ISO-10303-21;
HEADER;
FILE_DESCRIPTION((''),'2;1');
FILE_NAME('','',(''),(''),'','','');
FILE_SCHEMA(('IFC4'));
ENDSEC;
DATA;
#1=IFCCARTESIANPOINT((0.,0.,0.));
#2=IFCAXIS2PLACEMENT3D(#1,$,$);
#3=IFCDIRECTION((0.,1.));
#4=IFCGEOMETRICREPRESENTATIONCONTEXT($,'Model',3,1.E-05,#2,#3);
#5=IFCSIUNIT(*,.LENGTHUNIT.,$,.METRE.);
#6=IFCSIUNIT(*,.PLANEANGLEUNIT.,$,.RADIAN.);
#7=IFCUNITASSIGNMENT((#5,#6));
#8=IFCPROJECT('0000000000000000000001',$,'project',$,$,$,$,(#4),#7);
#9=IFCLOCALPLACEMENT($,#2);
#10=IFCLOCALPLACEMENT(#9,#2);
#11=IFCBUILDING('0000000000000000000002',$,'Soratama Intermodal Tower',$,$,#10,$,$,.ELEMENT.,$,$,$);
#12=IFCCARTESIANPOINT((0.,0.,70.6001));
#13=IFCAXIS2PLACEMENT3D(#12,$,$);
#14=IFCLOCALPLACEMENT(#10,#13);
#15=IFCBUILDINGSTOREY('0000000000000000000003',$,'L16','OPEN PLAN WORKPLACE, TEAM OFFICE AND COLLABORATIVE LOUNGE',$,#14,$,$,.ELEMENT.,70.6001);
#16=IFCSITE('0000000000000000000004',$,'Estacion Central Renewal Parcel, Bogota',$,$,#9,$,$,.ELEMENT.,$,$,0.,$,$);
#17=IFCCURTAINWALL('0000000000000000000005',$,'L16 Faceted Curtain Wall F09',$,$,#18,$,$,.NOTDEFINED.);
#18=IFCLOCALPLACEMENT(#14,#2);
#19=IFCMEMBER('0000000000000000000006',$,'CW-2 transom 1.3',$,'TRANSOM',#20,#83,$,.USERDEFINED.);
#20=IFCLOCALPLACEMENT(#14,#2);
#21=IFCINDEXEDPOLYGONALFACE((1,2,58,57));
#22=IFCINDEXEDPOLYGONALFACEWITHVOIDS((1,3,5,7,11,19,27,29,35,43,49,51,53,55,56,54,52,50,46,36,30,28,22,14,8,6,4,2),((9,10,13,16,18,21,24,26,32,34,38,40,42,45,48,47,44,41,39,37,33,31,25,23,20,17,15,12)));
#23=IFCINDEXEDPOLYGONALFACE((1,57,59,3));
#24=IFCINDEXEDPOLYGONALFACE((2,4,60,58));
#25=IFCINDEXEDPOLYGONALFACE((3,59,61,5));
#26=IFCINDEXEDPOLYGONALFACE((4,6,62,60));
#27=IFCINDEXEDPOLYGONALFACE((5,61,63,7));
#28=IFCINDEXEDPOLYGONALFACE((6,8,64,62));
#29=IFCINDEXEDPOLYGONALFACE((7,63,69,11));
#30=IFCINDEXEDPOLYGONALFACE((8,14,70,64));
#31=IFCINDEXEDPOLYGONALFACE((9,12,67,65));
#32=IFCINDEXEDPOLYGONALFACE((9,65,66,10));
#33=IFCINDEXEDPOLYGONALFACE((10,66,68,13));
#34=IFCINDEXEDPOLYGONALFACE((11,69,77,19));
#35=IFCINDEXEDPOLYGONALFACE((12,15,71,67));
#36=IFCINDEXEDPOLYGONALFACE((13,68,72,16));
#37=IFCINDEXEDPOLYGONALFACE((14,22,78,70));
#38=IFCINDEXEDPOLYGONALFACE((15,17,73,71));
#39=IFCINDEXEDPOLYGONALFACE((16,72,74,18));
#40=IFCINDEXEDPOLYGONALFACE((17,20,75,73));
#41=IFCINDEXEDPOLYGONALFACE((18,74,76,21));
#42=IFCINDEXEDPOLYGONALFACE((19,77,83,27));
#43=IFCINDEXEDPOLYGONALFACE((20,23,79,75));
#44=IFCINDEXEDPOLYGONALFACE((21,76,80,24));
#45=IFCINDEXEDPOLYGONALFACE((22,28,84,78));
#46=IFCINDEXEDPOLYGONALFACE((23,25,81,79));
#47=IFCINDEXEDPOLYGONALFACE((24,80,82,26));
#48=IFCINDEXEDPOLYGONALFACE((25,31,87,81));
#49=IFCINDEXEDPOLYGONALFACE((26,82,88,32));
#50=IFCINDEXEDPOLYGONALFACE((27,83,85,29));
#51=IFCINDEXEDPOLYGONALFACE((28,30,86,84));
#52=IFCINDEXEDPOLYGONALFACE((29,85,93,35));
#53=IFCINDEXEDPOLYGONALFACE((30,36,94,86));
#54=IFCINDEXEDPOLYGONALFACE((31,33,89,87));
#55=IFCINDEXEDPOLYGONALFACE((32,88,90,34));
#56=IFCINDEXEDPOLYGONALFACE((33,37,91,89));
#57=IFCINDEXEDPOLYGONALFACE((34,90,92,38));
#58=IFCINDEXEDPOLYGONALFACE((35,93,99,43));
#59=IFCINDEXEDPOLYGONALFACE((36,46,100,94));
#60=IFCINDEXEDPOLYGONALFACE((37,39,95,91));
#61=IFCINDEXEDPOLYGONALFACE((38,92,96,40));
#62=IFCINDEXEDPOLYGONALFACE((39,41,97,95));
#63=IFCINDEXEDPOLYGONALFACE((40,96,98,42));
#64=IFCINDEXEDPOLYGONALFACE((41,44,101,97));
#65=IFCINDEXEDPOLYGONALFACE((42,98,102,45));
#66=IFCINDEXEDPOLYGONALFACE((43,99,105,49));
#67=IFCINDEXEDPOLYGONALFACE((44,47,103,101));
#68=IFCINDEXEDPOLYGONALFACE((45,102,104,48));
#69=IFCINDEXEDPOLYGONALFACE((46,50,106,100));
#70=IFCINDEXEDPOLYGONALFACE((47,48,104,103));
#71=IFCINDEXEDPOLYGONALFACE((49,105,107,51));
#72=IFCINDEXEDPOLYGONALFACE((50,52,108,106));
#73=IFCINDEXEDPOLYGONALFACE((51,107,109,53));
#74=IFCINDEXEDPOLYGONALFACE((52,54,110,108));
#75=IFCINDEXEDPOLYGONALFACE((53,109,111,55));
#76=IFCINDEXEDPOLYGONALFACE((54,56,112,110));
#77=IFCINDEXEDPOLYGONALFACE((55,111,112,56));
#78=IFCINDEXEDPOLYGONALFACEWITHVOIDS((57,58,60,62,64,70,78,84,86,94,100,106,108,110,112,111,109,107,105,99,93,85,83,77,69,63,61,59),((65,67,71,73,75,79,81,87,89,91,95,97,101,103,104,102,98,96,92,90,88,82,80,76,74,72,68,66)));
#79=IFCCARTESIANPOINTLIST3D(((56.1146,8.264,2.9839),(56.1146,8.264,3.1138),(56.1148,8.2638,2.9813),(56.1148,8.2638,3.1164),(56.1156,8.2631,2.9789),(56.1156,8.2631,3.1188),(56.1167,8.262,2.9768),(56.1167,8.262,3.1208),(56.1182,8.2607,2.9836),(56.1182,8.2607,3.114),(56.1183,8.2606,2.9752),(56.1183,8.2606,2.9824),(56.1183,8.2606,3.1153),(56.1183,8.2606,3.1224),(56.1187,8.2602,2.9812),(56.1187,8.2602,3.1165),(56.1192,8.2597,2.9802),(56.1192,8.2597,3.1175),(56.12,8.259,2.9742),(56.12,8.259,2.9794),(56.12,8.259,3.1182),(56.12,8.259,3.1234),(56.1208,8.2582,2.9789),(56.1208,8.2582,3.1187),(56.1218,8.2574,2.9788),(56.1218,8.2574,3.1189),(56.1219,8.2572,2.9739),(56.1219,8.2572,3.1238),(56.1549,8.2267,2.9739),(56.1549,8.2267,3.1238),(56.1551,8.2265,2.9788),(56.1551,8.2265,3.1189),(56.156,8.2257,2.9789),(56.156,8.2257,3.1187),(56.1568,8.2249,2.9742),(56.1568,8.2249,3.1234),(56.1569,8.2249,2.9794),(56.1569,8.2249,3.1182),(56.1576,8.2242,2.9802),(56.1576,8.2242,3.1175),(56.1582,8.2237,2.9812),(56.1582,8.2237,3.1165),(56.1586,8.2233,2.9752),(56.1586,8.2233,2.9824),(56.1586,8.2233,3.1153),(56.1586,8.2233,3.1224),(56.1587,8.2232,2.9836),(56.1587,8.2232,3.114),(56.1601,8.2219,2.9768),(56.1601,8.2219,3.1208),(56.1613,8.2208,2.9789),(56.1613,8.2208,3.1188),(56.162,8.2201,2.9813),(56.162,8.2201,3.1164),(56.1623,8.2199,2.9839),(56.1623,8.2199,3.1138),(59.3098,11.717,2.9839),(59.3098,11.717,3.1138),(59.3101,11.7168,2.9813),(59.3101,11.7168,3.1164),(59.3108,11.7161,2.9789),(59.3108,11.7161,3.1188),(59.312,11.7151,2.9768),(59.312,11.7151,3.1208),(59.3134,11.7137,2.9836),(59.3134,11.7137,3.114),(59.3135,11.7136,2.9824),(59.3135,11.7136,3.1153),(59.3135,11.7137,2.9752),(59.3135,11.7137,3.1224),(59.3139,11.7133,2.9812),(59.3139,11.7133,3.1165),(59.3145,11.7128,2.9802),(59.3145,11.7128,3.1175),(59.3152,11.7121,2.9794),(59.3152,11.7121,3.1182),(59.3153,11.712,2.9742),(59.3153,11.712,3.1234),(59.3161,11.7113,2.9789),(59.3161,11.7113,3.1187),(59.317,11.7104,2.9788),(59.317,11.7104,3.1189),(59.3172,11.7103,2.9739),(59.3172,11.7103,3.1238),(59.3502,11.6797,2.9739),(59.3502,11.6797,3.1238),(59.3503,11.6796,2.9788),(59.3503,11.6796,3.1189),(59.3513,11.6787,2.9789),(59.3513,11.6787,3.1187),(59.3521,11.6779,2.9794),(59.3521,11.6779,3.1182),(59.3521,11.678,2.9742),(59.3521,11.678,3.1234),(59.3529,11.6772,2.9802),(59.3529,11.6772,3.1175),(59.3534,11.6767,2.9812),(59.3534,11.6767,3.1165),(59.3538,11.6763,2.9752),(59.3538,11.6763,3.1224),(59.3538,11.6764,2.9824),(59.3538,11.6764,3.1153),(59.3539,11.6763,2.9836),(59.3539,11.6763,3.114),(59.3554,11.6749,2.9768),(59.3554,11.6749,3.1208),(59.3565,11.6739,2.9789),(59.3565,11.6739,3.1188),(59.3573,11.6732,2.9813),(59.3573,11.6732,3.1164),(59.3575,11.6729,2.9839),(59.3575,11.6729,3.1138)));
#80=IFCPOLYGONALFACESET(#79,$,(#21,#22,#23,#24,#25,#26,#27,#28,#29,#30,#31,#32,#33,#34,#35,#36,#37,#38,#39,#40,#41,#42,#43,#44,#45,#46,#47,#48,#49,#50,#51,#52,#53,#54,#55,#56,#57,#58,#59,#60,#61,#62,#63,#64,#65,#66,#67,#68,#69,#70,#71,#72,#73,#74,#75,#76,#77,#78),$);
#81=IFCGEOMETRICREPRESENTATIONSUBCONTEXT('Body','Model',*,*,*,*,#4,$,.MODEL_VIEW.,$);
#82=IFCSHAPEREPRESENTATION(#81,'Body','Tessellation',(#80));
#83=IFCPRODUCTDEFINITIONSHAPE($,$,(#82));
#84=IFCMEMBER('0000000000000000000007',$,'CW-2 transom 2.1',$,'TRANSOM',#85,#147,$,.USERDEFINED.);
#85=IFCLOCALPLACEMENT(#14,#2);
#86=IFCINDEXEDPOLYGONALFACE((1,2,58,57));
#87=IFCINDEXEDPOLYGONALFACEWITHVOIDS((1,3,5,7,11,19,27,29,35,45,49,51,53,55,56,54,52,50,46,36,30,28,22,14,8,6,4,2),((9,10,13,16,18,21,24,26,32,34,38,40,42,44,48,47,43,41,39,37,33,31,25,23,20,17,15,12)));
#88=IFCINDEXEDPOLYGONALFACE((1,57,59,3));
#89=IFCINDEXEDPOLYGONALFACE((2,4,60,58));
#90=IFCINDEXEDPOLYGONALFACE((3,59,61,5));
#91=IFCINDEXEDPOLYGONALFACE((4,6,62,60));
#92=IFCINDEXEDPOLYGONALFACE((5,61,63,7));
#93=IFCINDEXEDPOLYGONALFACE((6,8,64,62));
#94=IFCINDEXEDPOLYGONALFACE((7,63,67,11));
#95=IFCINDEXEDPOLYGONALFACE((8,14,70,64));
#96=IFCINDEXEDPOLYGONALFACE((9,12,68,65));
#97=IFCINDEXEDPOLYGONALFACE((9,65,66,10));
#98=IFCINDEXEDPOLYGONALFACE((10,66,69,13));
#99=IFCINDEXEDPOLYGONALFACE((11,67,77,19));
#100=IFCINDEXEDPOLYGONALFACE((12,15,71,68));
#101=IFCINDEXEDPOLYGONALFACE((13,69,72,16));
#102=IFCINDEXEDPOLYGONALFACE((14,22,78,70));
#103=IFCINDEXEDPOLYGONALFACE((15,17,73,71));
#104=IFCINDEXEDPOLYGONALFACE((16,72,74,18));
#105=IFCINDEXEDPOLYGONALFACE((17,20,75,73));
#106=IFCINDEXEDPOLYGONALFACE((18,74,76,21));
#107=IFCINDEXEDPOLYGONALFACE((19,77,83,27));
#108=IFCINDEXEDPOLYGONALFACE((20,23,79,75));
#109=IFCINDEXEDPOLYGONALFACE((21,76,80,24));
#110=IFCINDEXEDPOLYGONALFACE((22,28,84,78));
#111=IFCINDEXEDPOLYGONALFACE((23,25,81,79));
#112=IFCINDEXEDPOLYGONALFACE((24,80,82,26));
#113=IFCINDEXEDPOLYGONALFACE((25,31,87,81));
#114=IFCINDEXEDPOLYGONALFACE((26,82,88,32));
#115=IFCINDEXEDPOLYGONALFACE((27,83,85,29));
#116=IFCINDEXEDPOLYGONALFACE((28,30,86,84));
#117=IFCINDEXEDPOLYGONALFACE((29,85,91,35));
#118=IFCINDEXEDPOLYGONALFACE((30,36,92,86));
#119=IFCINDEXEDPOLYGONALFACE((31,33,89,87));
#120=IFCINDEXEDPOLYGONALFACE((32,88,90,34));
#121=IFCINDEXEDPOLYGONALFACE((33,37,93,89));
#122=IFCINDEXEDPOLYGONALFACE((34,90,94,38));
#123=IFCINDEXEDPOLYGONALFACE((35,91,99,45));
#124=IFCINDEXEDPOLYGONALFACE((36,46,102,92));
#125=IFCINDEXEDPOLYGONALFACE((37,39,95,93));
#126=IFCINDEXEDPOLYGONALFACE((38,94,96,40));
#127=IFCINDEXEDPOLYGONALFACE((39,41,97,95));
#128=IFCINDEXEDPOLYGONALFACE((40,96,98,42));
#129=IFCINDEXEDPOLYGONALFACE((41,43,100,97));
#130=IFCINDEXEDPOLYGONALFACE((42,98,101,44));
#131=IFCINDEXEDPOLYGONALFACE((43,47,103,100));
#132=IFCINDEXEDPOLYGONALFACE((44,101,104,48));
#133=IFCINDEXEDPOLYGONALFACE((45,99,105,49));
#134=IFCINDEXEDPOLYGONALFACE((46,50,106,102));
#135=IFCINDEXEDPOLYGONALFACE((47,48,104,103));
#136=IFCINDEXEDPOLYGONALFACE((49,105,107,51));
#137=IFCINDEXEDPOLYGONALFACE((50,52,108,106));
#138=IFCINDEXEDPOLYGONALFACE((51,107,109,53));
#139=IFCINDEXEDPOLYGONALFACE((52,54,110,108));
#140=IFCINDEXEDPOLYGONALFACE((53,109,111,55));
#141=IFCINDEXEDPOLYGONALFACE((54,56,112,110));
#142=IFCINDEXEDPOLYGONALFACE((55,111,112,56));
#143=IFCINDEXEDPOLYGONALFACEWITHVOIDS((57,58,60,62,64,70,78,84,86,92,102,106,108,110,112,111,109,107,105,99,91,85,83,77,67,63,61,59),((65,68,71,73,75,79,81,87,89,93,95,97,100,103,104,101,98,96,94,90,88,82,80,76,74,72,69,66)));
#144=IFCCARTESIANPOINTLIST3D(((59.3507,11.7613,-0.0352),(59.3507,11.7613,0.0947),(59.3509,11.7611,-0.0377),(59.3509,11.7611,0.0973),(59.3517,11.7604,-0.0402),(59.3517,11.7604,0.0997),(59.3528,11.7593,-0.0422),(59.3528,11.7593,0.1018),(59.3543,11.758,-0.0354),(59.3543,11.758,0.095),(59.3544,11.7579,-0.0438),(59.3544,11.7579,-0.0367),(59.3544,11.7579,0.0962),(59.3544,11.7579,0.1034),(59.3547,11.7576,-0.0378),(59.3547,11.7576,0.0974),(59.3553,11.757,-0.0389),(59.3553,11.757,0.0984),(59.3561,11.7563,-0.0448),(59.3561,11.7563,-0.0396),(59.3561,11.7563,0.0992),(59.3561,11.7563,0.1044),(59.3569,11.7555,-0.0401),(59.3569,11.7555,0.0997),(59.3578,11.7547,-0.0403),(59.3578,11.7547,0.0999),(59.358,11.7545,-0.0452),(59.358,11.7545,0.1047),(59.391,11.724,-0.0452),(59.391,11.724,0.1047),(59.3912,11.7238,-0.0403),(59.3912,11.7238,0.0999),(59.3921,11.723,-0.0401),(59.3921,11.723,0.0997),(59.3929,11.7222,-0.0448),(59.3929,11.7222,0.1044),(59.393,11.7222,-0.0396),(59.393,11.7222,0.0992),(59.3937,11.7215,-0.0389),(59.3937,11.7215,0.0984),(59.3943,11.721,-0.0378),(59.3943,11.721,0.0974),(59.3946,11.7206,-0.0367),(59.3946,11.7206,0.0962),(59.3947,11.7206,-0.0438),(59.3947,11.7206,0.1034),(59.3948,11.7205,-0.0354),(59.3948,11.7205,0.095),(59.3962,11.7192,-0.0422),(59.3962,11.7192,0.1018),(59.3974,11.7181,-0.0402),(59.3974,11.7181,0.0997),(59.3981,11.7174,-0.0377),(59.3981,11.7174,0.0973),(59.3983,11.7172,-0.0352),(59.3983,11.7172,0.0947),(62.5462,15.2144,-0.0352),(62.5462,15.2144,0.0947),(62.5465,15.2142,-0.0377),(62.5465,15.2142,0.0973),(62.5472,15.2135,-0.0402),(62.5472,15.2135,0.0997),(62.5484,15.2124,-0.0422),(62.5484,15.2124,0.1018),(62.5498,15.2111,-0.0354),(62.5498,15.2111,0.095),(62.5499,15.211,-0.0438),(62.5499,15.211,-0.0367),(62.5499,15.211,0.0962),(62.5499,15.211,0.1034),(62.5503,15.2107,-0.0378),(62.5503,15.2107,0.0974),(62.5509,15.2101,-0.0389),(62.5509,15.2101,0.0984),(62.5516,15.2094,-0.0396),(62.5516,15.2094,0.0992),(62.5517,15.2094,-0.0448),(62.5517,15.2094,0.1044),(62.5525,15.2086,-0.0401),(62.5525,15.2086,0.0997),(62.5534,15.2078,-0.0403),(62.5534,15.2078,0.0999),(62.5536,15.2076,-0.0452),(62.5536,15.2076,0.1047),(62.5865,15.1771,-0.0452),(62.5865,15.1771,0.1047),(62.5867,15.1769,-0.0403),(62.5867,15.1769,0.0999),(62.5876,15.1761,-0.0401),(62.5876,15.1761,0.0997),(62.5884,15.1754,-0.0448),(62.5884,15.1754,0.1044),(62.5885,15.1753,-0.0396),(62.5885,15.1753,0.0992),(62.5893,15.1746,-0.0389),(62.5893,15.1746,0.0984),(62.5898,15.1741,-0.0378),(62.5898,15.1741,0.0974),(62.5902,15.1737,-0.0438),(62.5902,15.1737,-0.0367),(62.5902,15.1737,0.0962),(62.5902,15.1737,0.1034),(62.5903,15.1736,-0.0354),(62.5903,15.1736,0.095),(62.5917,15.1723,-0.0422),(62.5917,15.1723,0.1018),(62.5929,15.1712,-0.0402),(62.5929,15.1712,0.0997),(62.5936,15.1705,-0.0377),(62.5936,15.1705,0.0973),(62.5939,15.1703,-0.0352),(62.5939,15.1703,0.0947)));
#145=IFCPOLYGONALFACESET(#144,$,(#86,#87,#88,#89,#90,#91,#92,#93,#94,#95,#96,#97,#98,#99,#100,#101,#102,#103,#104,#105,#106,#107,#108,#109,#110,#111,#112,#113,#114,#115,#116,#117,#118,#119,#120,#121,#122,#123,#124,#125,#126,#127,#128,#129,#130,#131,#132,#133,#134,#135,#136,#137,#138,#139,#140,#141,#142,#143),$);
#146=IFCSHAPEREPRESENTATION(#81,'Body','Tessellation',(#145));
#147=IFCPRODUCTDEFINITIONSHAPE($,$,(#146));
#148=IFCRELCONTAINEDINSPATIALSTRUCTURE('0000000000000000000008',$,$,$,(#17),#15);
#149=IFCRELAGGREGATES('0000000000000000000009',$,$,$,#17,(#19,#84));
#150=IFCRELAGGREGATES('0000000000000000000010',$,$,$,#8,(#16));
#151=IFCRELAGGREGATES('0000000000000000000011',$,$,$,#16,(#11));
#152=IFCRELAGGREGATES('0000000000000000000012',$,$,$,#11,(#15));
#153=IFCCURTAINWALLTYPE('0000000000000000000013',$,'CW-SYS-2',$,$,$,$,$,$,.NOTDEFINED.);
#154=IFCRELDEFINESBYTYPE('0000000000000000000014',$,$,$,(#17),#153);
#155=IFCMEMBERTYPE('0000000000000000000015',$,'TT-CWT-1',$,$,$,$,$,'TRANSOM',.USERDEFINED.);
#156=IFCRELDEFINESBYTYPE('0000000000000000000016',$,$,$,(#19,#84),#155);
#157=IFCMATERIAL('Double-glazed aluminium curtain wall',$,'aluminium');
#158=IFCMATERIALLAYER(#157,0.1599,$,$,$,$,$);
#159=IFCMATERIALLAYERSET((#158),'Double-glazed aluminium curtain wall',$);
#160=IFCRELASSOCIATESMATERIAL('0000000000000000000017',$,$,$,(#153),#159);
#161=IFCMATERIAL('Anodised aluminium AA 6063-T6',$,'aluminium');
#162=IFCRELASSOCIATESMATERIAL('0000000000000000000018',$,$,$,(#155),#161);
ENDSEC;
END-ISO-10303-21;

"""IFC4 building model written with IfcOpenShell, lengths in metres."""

from ifc_helpers import new_model, si_unit, direction, frame, origin, origin_2d, place, context, subcontext, project, spatial, hollow_rectangle, extrude, material, layer, layer_set, material_profile, profile_set, type_object, element, aggregate, save


model = new_model("IFC4")

# Units and contexts
model_context = context("Model", 3, precision=1e-05, world=origin(), true_north=direction((0.0, 1.0)))
body_context = subcontext(model_context, "Body", "Model", "MODEL_VIEW")
ifc_project = project(units=[si_unit("LENGTHUNIT", "METRE"), si_unit("PLANEANGLEUNIT", "RADIAN")], contexts=[model_context])

# Site, building, storey
site_placement = place(None, origin())
site = spatial("IfcSite", under=ifc_project, at=site_placement, Name="Estacion Central Renewal Parcel, Bogota", CompositionType="ELEMENT", RefElevation=0.0)
building_placement = place(site_placement, origin())
building = spatial("IfcBuilding", under=site, at=building_placement, Name="Soratama Intermodal Tower", CompositionType="ELEMENT")
storey_placement = place(building_placement, frame((0.0, 0.0, 70.6001)))
storey = spatial("IfcBuildingStorey", under=building, at=storey_placement, Name="L16", Description="OPEN PLAN WORKPLACE, TEAM OFFICE AND COLLABORATIVE LOUNGE", CompositionType="ELEMENT", Elevation=70.6001)

# Curtain wall, members
ifc_material_1 = material(Name="Double-glazed aluminium curtain wall", Category="aluminium")
ifc_layer_1 = layer(ifc_material_1, 0.1599)
ifc_layer_set_1 = layer_set([ifc_layer_1], Name="Double-glazed aluminium curtain wall")
curtain_wall_type = type_object("IfcCurtainWallType", Name="CW-SYS-2", PredefinedType="NOTDEFINED", material=ifc_layer_set_1)
curtain_wall_placement = place(storey_placement, origin())
curtain_wall = element("IfcCurtainWall", 1, at=curtain_wall_placement, inside=storey, type_object=curtain_wall_type, Name="L16 Faceted Curtain Wall F09", PredefinedType="NOTDEFINED")
ifc_material_2 = material(Name="Anodised aluminium AA 6063-T6", Category="aluminium")
ifc_material_profile_1 = material_profile(ifc_material_2, hollow_rectangle(XDim=0.0649, YDim=0.1499, WallThickness=0.0049, InnerFilletRadius=0.0049, OuterFilletRadius=0.01, at=origin_2d()), Name="CWT150X65X5")
ifc_profile_set_1 = profile_set([ifc_material_profile_1], Name="Anodised aluminium AA 6063-T6")
member_type_1 = type_object("IfcMemberType", Name="TT-CWT-1", ElementType="TRANSOM", PredefinedType="USERDEFINED", material=ifc_profile_set_1)
member_1_placement = place(storey_placement, frame((56.1384, 8.2419, 3.0488), z_axis=(0.679176, 0.733975, 0.0), x_axis=(-0.733975, 0.679176, 0.0)))
member_1 = element("IfcMember", 2, at=member_1_placement, type_object=member_type_1, Name="CW-2 transom 1.3", ObjectType="TRANSOM", PredefinedType="USERDEFINED", context=body_context, shape_type="SweptSolid", body=[
    extrude(hollow_rectangle(XDim=0.0649, YDim=0.1499, WallThickness=0.0049, InnerFilletRadius=0.0049, OuterFilletRadius=0.01, at=origin_2d()), origin(), (0.0, 0.0, 1.0), 4.7046),
])
member_2_placement = place(storey_placement, frame((59.3745, 11.7393, 0.0298), z_axis=(0.679204, 0.733949, 0.0), x_axis=(-0.733949, 0.679204, 0.0)))
member_2 = element("IfcMember", 3, at=member_2_placement, type_object=member_type_1, Name="CW-2 transom 2.1", ObjectType="TRANSOM", PredefinedType="USERDEFINED", context=body_context, shape_type="SweptSolid", body=[
    extrude(hollow_rectangle(XDim=0.0649, YDim=0.1499, WallThickness=0.0049, InnerFilletRadius=0.0049, OuterFilletRadius=0.01, at=origin_2d()), origin(), (0.0, 0.0, 1.0), 4.7048),
])
aggregate(curtain_wall, [member_1, member_2])

save(model, "model.ifc")
